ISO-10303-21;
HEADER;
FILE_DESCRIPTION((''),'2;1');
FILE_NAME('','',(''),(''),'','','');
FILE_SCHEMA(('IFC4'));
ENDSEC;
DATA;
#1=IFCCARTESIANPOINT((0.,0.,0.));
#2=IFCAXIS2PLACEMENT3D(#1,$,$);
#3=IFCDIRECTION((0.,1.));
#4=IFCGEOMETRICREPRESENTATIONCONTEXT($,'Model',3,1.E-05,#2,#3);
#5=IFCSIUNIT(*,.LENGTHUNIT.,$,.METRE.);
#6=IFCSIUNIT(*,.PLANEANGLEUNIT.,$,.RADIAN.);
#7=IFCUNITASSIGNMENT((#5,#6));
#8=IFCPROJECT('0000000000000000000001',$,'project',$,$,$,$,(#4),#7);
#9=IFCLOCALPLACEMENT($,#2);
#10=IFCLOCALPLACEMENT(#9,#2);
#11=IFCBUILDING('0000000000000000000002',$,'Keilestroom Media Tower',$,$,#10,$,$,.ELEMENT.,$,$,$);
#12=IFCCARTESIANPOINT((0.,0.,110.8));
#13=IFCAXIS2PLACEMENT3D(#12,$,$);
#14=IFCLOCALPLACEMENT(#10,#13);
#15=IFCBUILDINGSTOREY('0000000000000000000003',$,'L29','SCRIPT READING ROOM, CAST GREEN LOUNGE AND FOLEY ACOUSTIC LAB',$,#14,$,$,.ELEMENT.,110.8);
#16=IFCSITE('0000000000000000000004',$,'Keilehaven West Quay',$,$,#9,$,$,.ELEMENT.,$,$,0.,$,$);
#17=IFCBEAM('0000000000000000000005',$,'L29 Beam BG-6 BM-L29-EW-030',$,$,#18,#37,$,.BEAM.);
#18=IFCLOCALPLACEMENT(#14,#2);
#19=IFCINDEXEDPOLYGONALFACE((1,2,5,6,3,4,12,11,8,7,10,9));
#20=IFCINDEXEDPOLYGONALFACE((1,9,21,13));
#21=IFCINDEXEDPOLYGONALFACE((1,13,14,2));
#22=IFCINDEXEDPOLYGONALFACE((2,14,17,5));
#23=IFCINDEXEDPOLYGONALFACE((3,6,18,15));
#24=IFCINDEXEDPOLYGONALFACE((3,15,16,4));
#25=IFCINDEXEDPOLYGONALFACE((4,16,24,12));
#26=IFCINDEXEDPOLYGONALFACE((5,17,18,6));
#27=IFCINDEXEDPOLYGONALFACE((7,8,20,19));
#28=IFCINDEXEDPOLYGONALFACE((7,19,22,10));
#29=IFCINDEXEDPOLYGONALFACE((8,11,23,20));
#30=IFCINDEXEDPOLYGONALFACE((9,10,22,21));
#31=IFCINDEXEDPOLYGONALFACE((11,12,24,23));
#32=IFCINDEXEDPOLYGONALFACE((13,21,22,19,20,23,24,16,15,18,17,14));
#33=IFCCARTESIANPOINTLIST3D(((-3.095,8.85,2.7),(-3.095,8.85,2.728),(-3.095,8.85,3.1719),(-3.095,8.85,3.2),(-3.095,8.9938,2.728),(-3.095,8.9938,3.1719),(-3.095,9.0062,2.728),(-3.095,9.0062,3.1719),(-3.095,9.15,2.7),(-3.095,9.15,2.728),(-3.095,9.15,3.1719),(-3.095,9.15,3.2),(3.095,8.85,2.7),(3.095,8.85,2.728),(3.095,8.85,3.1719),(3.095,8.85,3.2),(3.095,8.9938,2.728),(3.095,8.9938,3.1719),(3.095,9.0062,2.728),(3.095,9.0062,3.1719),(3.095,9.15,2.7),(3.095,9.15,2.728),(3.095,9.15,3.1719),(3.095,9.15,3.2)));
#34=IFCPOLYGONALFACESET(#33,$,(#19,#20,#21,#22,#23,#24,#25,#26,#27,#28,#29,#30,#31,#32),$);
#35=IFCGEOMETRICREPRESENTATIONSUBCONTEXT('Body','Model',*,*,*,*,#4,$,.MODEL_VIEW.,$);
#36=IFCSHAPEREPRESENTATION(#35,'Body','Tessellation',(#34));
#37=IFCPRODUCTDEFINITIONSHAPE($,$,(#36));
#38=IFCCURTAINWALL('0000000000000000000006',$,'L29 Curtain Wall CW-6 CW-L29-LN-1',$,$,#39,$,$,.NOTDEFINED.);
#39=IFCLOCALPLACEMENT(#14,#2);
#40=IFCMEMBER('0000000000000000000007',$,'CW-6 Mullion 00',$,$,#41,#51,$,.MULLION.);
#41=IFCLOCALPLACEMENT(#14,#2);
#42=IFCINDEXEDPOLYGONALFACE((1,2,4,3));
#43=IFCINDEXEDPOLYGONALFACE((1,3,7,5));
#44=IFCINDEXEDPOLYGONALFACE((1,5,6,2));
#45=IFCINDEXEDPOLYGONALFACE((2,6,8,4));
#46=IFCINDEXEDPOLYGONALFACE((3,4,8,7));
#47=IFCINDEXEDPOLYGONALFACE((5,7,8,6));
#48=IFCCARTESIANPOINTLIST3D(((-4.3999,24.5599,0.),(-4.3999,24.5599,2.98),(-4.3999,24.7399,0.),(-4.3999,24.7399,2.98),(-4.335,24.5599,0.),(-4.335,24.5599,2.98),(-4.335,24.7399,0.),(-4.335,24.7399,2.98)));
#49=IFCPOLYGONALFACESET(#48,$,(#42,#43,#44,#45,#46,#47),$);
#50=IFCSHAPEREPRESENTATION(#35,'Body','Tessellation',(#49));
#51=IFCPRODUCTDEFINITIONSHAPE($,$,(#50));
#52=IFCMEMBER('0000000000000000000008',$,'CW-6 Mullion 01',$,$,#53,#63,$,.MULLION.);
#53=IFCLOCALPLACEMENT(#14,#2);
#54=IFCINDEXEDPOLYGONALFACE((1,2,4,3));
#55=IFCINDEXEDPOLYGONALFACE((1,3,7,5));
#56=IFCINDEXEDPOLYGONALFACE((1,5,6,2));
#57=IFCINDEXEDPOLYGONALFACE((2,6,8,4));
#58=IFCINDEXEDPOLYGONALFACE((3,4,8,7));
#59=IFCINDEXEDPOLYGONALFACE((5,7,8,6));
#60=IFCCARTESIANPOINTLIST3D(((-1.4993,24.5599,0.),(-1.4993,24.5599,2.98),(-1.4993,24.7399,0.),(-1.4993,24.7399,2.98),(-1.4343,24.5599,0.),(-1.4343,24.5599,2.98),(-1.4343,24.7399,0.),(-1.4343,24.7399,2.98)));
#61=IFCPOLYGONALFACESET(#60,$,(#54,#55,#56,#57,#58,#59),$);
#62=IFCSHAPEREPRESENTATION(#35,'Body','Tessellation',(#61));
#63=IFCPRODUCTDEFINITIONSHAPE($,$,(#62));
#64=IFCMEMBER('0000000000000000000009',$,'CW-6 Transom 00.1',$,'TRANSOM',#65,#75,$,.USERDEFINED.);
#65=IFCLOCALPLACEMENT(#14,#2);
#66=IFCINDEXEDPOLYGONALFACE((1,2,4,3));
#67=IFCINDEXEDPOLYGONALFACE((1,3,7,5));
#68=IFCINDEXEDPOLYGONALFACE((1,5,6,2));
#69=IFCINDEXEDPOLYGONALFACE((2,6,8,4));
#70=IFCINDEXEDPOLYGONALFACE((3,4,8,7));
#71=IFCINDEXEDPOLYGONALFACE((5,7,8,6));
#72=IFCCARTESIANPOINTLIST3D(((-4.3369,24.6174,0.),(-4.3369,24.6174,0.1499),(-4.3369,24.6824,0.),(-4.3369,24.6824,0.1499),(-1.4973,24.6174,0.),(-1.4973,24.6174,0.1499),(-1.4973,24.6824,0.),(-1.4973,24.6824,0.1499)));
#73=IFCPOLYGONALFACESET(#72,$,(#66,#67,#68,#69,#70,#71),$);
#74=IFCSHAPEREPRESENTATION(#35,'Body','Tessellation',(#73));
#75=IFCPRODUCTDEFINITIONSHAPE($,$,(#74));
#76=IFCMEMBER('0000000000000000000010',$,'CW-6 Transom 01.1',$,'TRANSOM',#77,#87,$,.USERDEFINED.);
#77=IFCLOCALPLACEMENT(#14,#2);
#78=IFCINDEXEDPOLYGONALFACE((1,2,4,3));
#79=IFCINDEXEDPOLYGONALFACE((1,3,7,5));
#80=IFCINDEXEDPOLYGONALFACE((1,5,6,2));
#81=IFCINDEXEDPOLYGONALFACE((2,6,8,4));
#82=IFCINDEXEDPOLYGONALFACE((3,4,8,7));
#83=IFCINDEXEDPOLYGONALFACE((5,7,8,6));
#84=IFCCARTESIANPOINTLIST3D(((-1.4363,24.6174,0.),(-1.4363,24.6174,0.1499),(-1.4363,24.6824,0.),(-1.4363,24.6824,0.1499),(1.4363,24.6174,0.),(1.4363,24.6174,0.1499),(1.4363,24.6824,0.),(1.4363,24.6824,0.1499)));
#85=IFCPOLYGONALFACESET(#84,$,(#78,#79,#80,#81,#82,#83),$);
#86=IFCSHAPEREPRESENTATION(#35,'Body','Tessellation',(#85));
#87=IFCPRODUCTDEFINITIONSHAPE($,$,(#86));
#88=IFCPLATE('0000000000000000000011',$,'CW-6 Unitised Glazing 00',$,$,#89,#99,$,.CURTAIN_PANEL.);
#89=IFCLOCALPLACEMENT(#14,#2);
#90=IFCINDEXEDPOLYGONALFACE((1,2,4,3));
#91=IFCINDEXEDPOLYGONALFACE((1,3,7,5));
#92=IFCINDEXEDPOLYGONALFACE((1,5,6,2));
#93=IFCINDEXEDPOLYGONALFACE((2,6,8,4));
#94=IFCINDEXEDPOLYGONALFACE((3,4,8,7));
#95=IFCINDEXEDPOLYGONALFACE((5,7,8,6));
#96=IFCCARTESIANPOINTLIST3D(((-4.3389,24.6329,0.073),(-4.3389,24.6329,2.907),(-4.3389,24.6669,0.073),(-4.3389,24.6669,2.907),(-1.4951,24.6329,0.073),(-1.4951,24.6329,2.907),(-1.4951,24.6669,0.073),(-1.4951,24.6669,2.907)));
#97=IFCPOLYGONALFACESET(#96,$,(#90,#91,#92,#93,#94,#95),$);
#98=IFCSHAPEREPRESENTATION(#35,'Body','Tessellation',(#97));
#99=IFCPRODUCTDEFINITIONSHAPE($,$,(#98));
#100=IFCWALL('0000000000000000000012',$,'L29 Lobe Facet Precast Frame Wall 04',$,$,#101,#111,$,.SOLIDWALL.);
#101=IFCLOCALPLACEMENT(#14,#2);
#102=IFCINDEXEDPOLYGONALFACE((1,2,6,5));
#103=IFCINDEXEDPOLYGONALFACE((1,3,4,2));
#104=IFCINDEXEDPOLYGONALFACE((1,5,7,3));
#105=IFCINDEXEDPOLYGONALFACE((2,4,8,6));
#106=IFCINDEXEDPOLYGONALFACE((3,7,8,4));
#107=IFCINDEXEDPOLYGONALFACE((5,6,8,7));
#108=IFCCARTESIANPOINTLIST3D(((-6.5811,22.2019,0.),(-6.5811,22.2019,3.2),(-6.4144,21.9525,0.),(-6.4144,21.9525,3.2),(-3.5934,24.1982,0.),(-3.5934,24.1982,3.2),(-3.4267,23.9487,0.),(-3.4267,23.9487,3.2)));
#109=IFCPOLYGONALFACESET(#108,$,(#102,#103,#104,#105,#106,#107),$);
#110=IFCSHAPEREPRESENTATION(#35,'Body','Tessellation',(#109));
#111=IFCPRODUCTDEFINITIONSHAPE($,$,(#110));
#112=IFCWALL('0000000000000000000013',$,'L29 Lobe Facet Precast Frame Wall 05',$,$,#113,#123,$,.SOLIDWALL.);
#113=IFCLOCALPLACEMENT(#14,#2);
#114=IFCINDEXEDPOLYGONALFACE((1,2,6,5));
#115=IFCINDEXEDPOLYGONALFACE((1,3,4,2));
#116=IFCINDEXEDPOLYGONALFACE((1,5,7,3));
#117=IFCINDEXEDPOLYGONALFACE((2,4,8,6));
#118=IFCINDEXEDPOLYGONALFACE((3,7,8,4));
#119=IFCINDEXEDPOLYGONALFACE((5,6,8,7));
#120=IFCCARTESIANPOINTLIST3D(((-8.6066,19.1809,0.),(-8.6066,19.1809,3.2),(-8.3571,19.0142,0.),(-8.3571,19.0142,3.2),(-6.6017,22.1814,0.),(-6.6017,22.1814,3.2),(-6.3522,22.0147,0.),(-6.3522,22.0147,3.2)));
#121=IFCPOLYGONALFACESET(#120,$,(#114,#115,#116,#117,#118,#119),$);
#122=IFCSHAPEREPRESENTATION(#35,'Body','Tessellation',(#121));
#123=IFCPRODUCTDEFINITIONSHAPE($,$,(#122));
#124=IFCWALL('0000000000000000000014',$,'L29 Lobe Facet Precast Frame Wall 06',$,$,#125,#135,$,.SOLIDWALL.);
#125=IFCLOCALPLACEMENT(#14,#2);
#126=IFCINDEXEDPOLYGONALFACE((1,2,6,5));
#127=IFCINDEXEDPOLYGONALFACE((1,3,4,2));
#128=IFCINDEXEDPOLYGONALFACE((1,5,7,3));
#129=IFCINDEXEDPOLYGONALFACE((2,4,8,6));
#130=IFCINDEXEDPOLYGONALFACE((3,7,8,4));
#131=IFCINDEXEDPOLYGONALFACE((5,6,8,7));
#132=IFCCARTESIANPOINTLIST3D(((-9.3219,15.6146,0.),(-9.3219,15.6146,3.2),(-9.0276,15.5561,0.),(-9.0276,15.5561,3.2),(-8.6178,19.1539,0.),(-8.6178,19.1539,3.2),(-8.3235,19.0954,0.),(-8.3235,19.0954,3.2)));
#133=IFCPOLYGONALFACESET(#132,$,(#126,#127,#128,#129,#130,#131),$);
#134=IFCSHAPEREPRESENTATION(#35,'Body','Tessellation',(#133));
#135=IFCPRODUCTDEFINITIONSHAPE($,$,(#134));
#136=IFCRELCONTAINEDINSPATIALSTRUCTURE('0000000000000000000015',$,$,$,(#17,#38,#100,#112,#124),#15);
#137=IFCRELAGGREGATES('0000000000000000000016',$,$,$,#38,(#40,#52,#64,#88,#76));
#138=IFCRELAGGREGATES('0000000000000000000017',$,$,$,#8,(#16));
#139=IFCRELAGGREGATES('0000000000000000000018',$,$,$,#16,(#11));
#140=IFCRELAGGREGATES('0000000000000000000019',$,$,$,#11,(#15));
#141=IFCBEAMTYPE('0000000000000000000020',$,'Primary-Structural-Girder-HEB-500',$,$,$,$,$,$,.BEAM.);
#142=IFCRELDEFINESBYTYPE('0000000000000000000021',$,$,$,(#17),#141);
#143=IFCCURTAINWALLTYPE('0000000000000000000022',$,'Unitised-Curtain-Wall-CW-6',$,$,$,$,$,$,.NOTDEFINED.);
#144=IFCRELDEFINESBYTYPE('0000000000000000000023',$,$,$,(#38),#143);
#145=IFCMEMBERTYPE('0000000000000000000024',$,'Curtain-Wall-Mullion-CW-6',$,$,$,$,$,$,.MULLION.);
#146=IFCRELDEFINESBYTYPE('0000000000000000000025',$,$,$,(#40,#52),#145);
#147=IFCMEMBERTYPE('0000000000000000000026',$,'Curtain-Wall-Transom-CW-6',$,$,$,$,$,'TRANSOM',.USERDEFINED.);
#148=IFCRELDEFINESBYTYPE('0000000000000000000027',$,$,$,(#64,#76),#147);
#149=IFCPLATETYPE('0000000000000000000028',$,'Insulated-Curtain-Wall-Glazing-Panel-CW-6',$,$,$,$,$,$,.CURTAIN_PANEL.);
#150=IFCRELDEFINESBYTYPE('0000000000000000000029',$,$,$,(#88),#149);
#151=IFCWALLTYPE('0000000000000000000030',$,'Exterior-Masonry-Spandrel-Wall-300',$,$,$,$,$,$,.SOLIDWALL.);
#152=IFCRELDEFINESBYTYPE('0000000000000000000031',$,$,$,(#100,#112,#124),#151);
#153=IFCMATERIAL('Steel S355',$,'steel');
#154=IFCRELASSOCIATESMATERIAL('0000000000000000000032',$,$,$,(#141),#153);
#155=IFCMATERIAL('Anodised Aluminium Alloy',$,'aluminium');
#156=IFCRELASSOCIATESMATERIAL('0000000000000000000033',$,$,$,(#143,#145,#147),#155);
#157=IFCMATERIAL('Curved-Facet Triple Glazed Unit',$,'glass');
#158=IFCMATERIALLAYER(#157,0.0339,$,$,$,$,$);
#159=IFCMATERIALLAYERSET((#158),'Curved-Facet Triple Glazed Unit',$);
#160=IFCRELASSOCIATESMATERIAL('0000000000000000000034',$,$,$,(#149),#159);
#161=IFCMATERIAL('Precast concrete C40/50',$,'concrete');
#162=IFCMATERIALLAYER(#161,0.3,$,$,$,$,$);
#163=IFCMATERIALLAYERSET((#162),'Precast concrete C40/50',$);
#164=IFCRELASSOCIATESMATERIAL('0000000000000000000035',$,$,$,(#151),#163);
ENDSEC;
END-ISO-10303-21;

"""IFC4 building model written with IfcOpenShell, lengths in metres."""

from ifc_helpers import new_model, si_unit, direction, frame, frame_2d, origin, origin_2d, place, context, subcontext, project, spatial, rectangle, i_section, extrude, source, transform, mapped, material, layer, layer_set, material_profile, profile_set, type_object, element, aggregate, save


model = new_model("IFC4")

# Units and contexts
model_context = context("Model", 3, precision=1e-05, world=origin(), true_north=direction((0.0, 1.0)))
body_context = subcontext(model_context, "Body", "Model", "MODEL_VIEW")
ifc_project = project(units=[si_unit("LENGTHUNIT", "METRE"), si_unit("PLANEANGLEUNIT", "RADIAN")], contexts=[model_context])

# Site, building, storey
site_placement = place(None, origin())
site = spatial("IfcSite", under=ifc_project, at=site_placement, Name="Keilehaven West Quay", CompositionType="ELEMENT", RefElevation=0.0)
building_placement = place(site_placement, origin())
building = spatial("IfcBuilding", under=site, at=building_placement, Name="Keilestroom Media Tower", CompositionType="ELEMENT")
storey_placement = place(building_placement, frame((0.0, 0.0, 110.8)))
storey = spatial("IfcBuildingStorey", under=building, at=storey_placement, Name="L29", Description="SCRIPT READING ROOM, CAST GREEN LOUNGE AND FOLEY ACOUSTIC LAB", CompositionType="ELEMENT", Elevation=110.8)

# Shared definitions
ifc_material_1 = material(Name="Steel S355", Category="steel")

# Beam
ifc_material_profile_1 = material_profile(ifc_material_1, i_section(OverallWidth=0.3, OverallDepth=0.5, WebThickness=0.0125, FlangeThickness=0.0281, at=origin_2d()), Name="HEB 500")
ifc_profile_set_1 = profile_set([ifc_material_profile_1], Name="Steel S355")
beam_type = type_object("IfcBeamType", Name="Primary-Structural-Girder-HEB-500", PredefinedType="BEAM", material=ifc_profile_set_1)
shared_shape_1 = source(origin(), body_context, "Body", "SweptSolid", [
    extrude(i_section(OverallWidth=0.3, OverallDepth=0.5, WebThickness=0.0125, FlangeThickness=0.0281, at=origin_2d()), origin(), (0.0, 0.0, 1.0), 6.1899),
])
beam_1_placement = place(storey_placement, frame((-3.095, 9.0, 2.95), z_axis=(1.0, 0.0, 0.0), x_axis=(0.0, 1.0, 0.0)))
element("IfcBeam", 1, at=beam_1_placement, inside=storey, type_object=beam_type, Name="L29 Beam BG-6 BM-L29-EW-030", PredefinedType="BEAM", context=body_context, shape_type="MappedRepresentation", body=[
    mapped(shared_shape_1, transform((0.0, 0.0, 0.0), x_axis=(1.0, 0.0, 0.0), y_axis=(0.0, 1.0, 0.0), z_axis=(0.0, 0.0, 1.0), scale=1.0)),
])

# Curtain wall, members, plate
ifc_material_2 = material(Name="Anodised Aluminium Alloy", Category="aluminium")
curtain_wall_type = type_object("IfcCurtainWallType", Name="Unitised-Curtain-Wall-CW-6", PredefinedType="NOTDEFINED", material=ifc_material_2)
curtain_wall_placement = place(storey_placement, origin())
curtain_wall = element("IfcCurtainWall", 2, at=curtain_wall_placement, inside=storey, type_object=curtain_wall_type, Name="L29 Curtain Wall CW-6 CW-L29-LN-1", PredefinedType="NOTDEFINED")
ifc_material_profile_2 = material_profile(ifc_material_2, rectangle(XDim=0.0649, YDim=0.1799, at=origin_2d()), Name="ALU MULLION 65x180")
ifc_profile_set_2 = profile_set([ifc_material_profile_2], Name="Anodised Aluminium Alloy")
member_type_1 = type_object("IfcMemberType", Name="Curtain-Wall-Mullion-CW-6", PredefinedType="MULLION", material=ifc_profile_set_2)
shared_shape_2 = source(origin(), body_context, "Body", "SweptSolid", [
    extrude(rectangle(XDim=0.0649, YDim=0.1799, at=origin_2d()), origin(), (0.0, 0.0, 1.0), 2.98),
])
member_1_placement = place(storey_placement, frame((-4.3674, 24.6499, 0.0), z_axis=(0.0, 0.0, 1.0), x_axis=(1.0, 0.0, 0.0)))
member_1 = element("IfcMember", 3, at=member_1_placement, type_object=member_type_1, Name="CW-6 Mullion 00", PredefinedType="MULLION", context=body_context, shape_type="MappedRepresentation", body=[
    mapped(shared_shape_2, transform((0.0, 0.0, 0.0), x_axis=(1.0, 0.0, 0.0), y_axis=(0.0, 1.0, 0.0), z_axis=(0.0, 0.0, 1.0), scale=1.0)),
])
member_2_placement = place(storey_placement, frame((-1.4668, 24.6499, 0.0), z_axis=(0.0, 0.0, 1.0), x_axis=(1.0, 0.0, 0.0)))
member_2 = element("IfcMember", 4, at=member_2_placement, type_object=member_type_1, Name="CW-6 Mullion 01", PredefinedType="MULLION", context=body_context, shape_type="MappedRepresentation", body=[
    mapped(shared_shape_2, transform((0.0, 0.0, 0.0), x_axis=(1.0, 0.0, 0.0), y_axis=(0.0, 1.0, 0.0), z_axis=(0.0, 0.0, 1.0), scale=1.0)),
])
ifc_material_profile_3 = material_profile(ifc_material_2, rectangle(XDim=0.0649, YDim=0.1499, at=origin_2d()), Name="ALU TRANSOM 65x150")
ifc_profile_set_3 = profile_set([ifc_material_profile_3], Name="Anodised Aluminium Alloy")
member_type_2 = type_object("IfcMemberType", Name="Curtain-Wall-Transom-CW-6", ElementType="TRANSOM", PredefinedType="USERDEFINED", material=ifc_profile_set_3)
shared_shape_3 = source(origin(), body_context, "Body", "SweptSolid", [
    extrude(rectangle(XDim=0.0649, YDim=0.1499, at=origin_2d()), origin(), (0.0, 0.0, 1.0), 2.8396),
])
member_3_placement = place(storey_placement, frame((-4.3369, 24.6499, 0.075), z_axis=(1.0, 0.0, 0.0), x_axis=(0.0, 1.0, 0.0)))
member_3 = element("IfcMember", 5, at=member_3_placement, type_object=member_type_2, Name="CW-6 Transom 00.1", ObjectType="TRANSOM", PredefinedType="USERDEFINED", context=body_context, shape_type="MappedRepresentation", body=[
    mapped(shared_shape_3, transform((0.0, 0.0, 0.0), x_axis=(1.0, 0.0, 0.0), y_axis=(0.0, 1.0, 0.0), z_axis=(0.0, 0.0, 1.0), scale=1.0)),
])
shared_shape_4 = source(origin(), body_context, "Body", "SweptSolid", [
    extrude(rectangle(XDim=0.0649, YDim=0.1499, at=origin_2d()), origin(), (0.0, 0.0, 1.0), 2.8726),
])
member_4_placement = place(storey_placement, frame((-1.4363, 24.6499, 0.075), z_axis=(1.0, 0.0, 0.0), x_axis=(0.0, 1.0, 0.0)))
member_4 = element("IfcMember", 6, at=member_4_placement, type_object=member_type_2, Name="CW-6 Transom 01.1", ObjectType="TRANSOM", PredefinedType="USERDEFINED", context=body_context, shape_type="MappedRepresentation", body=[
    mapped(shared_shape_4, transform((0.0, 0.0, 0.0), x_axis=(1.0, 0.0, 0.0), y_axis=(0.0, 1.0, 0.0), z_axis=(0.0, 0.0, 1.0), scale=1.0)),
])
ifc_material_3 = material(Name="Curved-Facet Triple Glazed Unit", Category="glass")
ifc_layer_1 = layer(ifc_material_3, 0.0339)
ifc_layer_set_1 = layer_set([ifc_layer_1], Name="Curved-Facet Triple Glazed Unit")
plate_type = type_object("IfcPlateType", Name="Insulated-Curtain-Wall-Glazing-Panel-CW-6", PredefinedType="CURTAIN_PANEL", material=ifc_layer_set_1)
shared_shape_5 = source(origin(), body_context, "Body", "SweptSolid", [
    extrude(rectangle(XDim=2.8438, YDim=0.0339, at=origin_2d()), origin(), (0.0, 0.0, 1.0), 2.834),
])
plate_placement = place(storey_placement, frame((-2.917, 24.6499, 0.073), z_axis=(0.0, 0.0, 1.0), x_axis=(1.0, 0.0, 0.0)))
plate = element("IfcPlate", 7, at=plate_placement, type_object=plate_type, Name="CW-6 Unitised Glazing 00", PredefinedType="CURTAIN_PANEL", context=body_context, shape_type="MappedRepresentation", body=[
    mapped(shared_shape_5, transform((0.0, 0.0, 0.0), x_axis=(1.0, 0.0, 0.0), y_axis=(0.0, 1.0, 0.0), z_axis=(0.0, 0.0, 1.0), scale=1.0)),
])
aggregate(curtain_wall, [member_1, member_2, member_3, plate, member_4])

# Walls
ifc_material_4 = material(Name="Precast concrete C40/50", Category="concrete")
ifc_layer_2 = layer(ifc_material_4, 0.3)
ifc_layer_set_2 = layer_set([ifc_layer_2], Name="Precast concrete C40/50")
wall_type_1 = type_object("IfcWallType", Name="Exterior-Masonry-Spandrel-Wall-300", PredefinedType="SOLIDWALL", material=ifc_layer_set_2)
wall_1_placement = place(storey_placement, frame((-3.51, 24.0735, 0.0), z_axis=(0.0, 0.0, 1.0), x_axis=(-0.831475, -0.555562, 0.0)))
element("IfcWall", 8, at=wall_1_placement, inside=storey, type_object=wall_type_1, Name="L29 Lobe Facet Precast Frame Wall 04", PredefinedType="SOLIDWALL", context=body_context, shape_type="SweptSolid", body=[
    extrude(rectangle(XDim=3.5933, YDim=0.3, at=frame_2d((1.7966, 0.0))), origin(), (0.0, 0.0, 1.0), 3.2),
])
for number, where, z_axis, x_axis, name in (
    (9, (-6.4771, 22.0979, 0.0), (0.0, 0.0, 1.0), (-0.555574, -0.831467, 0.0), "L29 Lobe Facet Precast Frame Wall 05"),
    (10, (-8.4707, 19.1245, 0.0), (0.0, 0.0, 1.0), (-0.195114, -0.980781, 0.0), "L29 Lobe Facet Precast Frame Wall 06"),
):
    element("IfcWall", number, at=place(storey_placement, frame(where, z_axis=z_axis, x_axis=x_axis)), inside=storey, type_object=wall_type_1, Name=name, PredefinedType="SOLIDWALL", context=body_context, shape_type="SweptSolid", body=[
        extrude(rectangle(XDim=3.6086, YDim=0.3, at=frame_2d((1.8042, 0.0))), origin(), (0.0, 0.0, 1.0), 3.2),
    ])

save(model, "model.ifc")
